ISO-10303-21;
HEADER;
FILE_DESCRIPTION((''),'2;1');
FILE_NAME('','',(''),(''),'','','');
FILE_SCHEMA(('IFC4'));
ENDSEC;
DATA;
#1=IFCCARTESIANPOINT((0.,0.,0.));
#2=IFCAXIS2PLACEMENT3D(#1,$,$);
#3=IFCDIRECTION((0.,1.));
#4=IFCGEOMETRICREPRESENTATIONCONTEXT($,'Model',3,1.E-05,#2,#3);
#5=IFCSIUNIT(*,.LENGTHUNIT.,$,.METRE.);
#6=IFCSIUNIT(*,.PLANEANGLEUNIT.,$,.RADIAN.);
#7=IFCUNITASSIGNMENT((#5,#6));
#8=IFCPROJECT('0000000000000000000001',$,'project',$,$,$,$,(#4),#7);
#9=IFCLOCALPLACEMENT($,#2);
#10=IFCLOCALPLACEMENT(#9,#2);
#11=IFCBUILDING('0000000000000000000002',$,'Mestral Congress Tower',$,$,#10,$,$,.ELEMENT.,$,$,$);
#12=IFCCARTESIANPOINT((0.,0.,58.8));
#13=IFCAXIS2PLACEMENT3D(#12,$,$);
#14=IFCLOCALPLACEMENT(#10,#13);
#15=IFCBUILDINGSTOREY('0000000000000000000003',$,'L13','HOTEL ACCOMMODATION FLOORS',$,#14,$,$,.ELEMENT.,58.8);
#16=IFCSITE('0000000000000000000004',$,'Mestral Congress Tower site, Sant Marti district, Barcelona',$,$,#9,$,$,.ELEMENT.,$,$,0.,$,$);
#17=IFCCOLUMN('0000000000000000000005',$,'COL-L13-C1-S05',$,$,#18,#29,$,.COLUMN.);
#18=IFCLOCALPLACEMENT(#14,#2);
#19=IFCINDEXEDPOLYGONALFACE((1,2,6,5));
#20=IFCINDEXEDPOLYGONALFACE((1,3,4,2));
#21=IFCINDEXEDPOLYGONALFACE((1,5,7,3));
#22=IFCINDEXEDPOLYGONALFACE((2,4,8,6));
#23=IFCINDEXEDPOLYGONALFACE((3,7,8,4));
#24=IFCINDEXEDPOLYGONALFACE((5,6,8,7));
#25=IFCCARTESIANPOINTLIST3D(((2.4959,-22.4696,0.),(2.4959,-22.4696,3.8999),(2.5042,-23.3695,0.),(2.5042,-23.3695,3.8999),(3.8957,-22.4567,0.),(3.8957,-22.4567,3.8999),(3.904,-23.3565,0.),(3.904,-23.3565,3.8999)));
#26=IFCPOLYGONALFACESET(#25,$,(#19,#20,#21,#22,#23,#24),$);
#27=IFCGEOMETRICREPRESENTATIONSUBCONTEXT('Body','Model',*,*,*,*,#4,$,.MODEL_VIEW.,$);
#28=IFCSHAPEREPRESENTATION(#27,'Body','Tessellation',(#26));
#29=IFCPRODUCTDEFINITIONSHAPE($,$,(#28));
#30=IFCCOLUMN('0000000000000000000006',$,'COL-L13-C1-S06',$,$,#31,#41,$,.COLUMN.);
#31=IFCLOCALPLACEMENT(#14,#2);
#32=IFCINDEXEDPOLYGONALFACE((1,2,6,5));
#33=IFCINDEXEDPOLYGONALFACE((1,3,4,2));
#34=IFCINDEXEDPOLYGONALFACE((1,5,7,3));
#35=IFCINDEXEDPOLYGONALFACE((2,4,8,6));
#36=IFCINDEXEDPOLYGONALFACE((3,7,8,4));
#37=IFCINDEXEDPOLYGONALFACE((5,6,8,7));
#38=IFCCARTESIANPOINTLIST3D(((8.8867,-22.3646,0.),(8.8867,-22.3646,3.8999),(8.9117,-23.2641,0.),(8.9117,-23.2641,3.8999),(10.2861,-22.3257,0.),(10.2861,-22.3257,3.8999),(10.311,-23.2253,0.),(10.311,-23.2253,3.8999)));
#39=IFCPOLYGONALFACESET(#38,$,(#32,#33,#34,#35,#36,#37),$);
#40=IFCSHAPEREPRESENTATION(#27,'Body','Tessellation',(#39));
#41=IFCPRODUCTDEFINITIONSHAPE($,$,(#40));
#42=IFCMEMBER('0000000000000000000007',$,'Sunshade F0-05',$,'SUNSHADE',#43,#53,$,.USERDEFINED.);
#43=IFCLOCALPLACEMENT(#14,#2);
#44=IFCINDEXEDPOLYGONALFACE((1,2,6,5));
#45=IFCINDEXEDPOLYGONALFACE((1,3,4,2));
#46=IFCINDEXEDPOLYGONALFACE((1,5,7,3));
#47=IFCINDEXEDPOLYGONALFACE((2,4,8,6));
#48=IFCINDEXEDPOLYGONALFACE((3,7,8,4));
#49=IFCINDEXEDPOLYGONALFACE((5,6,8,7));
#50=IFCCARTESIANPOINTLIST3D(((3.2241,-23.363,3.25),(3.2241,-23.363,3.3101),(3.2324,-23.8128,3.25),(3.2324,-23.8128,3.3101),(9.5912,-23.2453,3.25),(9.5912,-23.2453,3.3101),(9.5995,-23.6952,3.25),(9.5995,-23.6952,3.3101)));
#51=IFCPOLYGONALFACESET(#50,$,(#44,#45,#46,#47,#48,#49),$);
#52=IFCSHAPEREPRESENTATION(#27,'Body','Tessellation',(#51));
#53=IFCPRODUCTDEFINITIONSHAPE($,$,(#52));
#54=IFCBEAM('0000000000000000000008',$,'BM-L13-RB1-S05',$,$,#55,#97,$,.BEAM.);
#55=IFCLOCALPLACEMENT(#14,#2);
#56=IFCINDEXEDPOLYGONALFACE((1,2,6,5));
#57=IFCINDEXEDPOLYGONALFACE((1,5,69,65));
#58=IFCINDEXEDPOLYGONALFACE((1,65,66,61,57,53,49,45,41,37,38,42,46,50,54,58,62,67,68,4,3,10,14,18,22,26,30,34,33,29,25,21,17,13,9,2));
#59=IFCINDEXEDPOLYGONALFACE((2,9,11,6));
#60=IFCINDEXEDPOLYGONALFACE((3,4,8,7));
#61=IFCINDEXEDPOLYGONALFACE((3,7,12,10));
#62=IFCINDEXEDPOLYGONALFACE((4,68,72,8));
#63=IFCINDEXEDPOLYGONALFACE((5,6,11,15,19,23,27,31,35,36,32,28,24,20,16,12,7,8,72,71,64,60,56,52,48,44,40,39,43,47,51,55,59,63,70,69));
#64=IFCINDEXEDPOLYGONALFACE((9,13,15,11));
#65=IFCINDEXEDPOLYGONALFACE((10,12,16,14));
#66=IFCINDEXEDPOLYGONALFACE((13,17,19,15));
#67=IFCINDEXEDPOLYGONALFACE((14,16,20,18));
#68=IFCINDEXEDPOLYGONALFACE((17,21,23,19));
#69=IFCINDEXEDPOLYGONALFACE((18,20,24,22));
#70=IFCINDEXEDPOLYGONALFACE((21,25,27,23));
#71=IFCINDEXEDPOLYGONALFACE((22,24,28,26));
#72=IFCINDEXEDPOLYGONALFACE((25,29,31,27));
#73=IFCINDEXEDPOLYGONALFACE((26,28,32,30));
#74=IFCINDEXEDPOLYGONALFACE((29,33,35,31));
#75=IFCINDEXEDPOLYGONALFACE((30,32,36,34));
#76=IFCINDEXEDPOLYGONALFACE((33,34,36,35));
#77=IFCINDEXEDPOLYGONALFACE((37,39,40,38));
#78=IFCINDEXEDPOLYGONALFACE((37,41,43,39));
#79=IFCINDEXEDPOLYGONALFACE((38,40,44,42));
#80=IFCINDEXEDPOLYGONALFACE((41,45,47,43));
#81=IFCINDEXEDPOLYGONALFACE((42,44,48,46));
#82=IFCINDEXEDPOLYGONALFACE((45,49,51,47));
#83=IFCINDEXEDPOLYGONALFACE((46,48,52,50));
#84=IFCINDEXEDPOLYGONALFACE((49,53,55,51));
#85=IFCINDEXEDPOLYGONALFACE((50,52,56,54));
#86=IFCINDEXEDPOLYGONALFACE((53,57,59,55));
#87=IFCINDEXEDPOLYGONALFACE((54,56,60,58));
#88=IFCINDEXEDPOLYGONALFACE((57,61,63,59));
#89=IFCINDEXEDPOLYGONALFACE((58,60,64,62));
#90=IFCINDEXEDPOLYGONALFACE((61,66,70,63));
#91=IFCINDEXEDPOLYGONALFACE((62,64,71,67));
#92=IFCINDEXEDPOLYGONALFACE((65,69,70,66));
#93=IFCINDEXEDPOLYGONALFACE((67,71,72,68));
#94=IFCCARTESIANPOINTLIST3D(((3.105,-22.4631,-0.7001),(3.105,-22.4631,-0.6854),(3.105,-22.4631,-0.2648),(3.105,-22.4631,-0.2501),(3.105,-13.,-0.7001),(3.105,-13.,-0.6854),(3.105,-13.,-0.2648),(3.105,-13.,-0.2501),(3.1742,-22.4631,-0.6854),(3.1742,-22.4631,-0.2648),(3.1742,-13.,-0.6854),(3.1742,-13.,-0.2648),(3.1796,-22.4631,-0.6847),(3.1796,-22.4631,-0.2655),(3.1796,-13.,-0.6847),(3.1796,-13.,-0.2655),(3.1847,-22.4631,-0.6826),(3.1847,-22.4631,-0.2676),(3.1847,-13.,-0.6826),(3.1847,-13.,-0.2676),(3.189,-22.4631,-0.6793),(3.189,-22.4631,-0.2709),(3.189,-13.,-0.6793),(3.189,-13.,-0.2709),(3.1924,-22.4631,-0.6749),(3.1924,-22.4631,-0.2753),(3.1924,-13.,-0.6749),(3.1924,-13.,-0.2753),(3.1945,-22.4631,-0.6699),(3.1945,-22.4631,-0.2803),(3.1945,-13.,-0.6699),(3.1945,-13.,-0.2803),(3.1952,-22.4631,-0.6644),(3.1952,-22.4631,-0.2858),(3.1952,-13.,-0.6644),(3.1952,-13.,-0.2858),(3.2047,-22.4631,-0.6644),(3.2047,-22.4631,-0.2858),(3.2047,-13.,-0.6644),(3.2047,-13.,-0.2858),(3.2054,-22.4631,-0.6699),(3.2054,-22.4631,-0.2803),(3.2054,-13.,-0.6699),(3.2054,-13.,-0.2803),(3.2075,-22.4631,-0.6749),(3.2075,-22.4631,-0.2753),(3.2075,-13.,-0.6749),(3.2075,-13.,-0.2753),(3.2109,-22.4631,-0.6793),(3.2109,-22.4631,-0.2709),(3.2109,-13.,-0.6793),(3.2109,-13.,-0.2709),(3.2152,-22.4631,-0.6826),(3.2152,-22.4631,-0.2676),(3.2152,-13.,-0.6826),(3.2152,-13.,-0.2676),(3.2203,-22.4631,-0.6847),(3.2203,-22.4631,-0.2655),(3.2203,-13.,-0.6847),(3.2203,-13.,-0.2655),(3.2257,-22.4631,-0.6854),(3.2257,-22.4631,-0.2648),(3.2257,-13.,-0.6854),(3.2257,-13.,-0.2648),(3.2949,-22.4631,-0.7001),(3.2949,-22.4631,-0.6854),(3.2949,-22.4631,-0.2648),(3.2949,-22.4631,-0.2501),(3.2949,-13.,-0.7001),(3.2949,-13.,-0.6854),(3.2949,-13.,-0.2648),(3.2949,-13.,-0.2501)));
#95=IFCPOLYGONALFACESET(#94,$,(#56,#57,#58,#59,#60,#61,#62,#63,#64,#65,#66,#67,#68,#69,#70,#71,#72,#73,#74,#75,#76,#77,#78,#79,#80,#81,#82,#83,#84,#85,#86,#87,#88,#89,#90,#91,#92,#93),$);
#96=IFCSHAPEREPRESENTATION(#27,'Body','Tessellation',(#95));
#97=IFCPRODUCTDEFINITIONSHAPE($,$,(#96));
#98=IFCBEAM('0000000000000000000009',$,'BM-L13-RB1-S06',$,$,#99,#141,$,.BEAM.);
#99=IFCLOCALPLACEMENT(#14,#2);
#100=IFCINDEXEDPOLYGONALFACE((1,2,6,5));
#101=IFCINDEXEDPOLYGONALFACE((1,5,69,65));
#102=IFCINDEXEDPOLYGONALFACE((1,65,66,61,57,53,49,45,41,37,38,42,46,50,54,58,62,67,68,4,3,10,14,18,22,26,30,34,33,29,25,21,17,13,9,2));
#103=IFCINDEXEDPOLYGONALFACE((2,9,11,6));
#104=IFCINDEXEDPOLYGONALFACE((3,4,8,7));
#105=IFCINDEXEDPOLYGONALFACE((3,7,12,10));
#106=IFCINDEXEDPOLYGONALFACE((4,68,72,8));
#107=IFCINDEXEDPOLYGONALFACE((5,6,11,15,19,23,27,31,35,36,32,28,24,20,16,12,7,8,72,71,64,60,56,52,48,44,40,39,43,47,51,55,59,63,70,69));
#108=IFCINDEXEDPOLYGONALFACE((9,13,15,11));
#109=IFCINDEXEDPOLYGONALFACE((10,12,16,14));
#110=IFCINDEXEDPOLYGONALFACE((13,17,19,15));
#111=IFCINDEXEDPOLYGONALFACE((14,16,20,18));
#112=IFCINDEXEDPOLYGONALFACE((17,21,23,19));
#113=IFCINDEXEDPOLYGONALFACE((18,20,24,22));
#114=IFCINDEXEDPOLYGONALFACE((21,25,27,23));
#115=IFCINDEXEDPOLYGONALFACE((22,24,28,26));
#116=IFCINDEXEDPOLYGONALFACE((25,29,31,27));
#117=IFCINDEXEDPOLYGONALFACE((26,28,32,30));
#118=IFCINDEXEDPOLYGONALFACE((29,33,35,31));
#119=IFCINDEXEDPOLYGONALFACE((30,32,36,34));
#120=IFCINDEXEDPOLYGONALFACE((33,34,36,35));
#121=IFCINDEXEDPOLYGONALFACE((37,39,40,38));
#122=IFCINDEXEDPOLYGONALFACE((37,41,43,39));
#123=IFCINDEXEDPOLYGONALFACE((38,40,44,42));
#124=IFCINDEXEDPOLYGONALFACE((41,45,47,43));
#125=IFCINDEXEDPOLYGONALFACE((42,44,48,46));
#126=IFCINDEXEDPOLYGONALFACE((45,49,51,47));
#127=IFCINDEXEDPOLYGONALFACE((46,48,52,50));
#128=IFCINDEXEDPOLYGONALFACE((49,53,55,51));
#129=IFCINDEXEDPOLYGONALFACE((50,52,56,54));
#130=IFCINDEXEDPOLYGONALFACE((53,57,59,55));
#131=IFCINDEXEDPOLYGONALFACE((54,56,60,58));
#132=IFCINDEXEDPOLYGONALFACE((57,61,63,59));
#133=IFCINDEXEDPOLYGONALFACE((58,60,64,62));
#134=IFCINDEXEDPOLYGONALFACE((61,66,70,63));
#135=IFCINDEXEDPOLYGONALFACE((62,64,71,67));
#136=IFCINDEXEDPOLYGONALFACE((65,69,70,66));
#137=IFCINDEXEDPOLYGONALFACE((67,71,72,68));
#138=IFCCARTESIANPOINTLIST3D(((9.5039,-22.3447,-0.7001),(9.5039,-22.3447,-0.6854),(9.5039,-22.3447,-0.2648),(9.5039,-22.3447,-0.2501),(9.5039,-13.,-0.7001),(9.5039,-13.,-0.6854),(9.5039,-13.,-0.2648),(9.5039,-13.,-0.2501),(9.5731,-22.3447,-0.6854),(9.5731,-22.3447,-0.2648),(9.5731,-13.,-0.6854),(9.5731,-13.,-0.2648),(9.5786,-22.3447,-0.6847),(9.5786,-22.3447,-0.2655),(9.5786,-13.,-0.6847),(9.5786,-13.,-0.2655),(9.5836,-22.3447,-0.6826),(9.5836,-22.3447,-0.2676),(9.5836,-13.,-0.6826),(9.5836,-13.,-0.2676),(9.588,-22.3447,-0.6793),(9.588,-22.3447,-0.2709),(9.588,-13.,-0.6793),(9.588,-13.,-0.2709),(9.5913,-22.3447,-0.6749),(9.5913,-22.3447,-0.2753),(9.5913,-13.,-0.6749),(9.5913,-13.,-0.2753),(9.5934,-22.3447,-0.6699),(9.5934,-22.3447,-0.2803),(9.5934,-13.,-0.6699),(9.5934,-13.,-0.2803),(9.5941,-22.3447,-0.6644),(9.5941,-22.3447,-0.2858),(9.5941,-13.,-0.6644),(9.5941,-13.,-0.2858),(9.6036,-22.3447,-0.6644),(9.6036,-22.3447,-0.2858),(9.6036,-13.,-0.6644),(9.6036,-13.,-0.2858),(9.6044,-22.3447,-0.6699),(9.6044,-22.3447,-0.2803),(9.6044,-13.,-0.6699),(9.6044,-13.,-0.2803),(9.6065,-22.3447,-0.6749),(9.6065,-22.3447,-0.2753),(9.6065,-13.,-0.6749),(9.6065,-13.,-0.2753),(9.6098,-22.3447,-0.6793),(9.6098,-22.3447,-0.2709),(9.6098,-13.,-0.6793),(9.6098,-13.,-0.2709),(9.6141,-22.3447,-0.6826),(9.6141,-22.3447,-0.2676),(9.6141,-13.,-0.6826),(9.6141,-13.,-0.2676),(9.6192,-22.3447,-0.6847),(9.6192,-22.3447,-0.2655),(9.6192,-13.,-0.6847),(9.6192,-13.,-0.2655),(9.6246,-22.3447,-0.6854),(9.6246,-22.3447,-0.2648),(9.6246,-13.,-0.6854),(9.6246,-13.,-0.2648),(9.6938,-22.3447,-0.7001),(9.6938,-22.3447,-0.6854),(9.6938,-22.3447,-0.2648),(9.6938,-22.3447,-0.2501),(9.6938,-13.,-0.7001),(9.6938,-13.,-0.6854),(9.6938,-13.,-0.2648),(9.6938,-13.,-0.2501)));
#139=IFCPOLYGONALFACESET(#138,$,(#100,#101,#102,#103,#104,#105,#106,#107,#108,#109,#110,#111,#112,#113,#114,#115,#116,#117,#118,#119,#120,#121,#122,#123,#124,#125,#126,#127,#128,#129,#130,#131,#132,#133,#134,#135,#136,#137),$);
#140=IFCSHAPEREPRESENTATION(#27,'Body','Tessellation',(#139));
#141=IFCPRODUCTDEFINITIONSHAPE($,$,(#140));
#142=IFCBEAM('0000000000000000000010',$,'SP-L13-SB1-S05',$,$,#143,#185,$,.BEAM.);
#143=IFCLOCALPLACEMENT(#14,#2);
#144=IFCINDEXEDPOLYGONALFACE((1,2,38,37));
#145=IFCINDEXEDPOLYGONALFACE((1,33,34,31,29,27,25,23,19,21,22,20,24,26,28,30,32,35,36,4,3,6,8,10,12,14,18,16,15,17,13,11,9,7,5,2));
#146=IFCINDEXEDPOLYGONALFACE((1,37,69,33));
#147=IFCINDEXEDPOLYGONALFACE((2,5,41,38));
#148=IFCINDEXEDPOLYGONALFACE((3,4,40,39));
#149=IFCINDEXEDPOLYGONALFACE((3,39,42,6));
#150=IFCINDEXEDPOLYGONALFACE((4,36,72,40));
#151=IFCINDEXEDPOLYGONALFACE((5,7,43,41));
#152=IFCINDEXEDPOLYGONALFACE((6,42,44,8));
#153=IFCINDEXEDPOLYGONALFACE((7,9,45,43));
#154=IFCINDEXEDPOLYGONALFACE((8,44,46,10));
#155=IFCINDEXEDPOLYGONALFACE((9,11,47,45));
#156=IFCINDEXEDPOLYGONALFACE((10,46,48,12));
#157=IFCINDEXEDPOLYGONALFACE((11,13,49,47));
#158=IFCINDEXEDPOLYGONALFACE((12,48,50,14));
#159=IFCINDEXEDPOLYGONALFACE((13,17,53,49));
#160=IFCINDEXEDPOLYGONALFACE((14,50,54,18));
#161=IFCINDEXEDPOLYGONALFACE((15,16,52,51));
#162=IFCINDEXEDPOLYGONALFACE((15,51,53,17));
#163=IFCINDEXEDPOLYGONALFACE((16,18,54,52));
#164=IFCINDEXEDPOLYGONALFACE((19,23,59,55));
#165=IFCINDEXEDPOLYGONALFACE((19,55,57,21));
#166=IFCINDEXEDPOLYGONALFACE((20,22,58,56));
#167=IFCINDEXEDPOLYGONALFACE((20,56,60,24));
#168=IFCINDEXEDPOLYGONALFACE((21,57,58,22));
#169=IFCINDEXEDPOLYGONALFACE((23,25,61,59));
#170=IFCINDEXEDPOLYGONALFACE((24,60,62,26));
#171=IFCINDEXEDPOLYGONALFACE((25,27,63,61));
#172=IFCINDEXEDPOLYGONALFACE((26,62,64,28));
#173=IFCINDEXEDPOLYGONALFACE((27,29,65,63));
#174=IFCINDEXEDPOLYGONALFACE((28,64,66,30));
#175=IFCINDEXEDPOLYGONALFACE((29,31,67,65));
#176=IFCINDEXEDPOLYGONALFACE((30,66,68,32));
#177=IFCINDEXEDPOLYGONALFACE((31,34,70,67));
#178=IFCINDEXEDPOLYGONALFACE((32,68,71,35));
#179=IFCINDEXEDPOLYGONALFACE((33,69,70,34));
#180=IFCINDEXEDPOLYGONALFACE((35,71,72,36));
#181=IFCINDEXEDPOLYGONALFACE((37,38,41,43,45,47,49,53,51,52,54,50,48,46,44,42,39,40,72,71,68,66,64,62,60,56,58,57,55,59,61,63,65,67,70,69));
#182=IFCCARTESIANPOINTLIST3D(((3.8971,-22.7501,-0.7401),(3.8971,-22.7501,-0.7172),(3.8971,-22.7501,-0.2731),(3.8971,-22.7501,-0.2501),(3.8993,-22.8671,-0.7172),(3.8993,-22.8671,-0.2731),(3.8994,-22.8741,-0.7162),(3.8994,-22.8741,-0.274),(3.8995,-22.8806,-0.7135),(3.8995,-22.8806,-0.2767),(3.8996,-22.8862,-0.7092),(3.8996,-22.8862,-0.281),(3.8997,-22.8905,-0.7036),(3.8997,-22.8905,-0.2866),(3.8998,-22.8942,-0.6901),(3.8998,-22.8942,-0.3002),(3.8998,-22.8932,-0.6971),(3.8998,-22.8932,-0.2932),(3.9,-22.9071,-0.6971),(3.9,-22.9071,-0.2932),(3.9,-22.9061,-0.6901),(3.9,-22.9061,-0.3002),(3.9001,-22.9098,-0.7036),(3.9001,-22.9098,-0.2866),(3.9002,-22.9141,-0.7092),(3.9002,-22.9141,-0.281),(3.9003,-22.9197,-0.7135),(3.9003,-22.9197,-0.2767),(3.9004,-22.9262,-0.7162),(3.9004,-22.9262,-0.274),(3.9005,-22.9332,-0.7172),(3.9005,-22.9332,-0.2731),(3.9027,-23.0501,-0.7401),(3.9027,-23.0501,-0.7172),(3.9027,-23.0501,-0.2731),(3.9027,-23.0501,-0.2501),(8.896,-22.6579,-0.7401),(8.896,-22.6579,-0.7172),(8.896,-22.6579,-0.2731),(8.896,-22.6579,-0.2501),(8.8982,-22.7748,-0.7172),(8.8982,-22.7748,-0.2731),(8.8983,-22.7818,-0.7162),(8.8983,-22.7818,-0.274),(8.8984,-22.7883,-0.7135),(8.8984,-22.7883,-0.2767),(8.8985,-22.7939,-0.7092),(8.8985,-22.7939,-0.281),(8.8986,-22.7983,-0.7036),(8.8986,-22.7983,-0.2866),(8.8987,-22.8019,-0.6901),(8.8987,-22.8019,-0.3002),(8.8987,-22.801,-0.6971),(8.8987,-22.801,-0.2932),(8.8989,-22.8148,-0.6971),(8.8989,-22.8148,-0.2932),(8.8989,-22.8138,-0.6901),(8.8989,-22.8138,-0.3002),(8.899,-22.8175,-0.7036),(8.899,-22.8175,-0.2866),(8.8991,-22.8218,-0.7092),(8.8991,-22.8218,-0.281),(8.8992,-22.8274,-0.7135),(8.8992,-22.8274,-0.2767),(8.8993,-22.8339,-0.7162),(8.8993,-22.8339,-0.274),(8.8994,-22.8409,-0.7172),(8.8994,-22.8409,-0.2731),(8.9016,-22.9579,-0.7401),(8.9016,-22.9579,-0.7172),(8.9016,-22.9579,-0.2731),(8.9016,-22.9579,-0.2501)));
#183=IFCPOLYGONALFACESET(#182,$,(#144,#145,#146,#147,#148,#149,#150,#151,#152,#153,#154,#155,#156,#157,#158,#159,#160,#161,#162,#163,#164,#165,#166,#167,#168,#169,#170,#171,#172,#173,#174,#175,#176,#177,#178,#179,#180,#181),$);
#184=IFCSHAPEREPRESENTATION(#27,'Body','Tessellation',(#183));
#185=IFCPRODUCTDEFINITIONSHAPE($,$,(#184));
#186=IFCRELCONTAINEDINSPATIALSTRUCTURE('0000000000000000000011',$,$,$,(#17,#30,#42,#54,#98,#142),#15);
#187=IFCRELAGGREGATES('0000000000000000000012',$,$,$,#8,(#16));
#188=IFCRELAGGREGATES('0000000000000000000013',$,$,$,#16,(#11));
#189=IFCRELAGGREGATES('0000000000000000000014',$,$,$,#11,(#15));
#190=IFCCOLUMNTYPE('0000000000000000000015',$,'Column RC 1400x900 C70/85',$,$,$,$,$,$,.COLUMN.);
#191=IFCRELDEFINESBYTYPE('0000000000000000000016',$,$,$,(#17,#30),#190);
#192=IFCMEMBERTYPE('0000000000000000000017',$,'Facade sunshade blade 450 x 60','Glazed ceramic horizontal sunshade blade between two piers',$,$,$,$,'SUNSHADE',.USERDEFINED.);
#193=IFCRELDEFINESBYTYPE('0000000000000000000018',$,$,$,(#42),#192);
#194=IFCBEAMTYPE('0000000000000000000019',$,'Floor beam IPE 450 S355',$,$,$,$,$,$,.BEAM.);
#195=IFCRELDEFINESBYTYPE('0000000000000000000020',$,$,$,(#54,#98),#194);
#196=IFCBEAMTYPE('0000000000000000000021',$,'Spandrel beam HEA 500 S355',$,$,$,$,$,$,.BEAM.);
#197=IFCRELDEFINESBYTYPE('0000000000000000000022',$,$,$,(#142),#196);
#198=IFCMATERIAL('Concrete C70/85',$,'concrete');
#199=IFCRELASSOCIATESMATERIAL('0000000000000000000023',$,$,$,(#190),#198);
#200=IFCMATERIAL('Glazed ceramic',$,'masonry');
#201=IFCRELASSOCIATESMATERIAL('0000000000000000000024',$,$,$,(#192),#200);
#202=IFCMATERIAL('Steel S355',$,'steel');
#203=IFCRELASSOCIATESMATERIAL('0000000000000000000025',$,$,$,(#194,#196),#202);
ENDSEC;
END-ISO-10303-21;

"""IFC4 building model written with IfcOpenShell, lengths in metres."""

from ifc_helpers import new_model, si_unit, direction, frame, origin, origin_2d, place, context, subcontext, project, spatial, rectangle, i_section, extrude, material, material_profile, profile_set, type_object, element, save


model = new_model("IFC4")

# Units and contexts
model_context = context("Model", 3, precision=1e-05, world=origin(), true_north=direction((0.0, 1.0)))
body_context = subcontext(model_context, "Body", "Model", "MODEL_VIEW")
ifc_project = project(units=[si_unit("LENGTHUNIT", "METRE"), si_unit("PLANEANGLEUNIT", "RADIAN")], contexts=[model_context])

# Site, building, storey
site_placement = place(None, origin())
site = spatial("IfcSite", under=ifc_project, at=site_placement, Name="Mestral Congress Tower site, Sant Marti district, Barcelona", CompositionType="ELEMENT", RefElevation=0.0)
building_placement = place(site_placement, origin())
building = spatial("IfcBuilding", under=site, at=building_placement, Name="Mestral Congress Tower", CompositionType="ELEMENT")
storey_placement = place(building_placement, frame((0.0, 0.0, 58.8)))
storey = spatial("IfcBuildingStorey", under=building, at=storey_placement, Name="L13", Description="HOTEL ACCOMMODATION FLOORS", CompositionType="ELEMENT", Elevation=58.8)

# Columns
ifc_material_1 = material(Name="Concrete C70/85", Category="concrete")
ifc_material_profile_1 = material_profile(ifc_material_1, rectangle(XDim=1.3999, YDim=0.8999, at=origin_2d()), Name="RC 1400x900")
ifc_profile_set_1 = profile_set([ifc_material_profile_1], Name="Concrete C70/85")
column_type = type_object("IfcColumnType", Name="Column RC 1400x900 C70/85", PredefinedType="COLUMN", material=ifc_profile_set_1)
for number, where, z_axis, x_axis, name in (
    (1, (3.2, -22.9131, 0.0), (0.0, 0.0, 1.0), (0.999957, 0.009243, 0.0), "COL-L13-C1-S05"),
    (2, (9.5989, -22.7949, 0.0), (0.0, 0.0, 1.0), (0.999616, 0.027726, 0.0), "COL-L13-C1-S06"),
):
    element("IfcColumn", number, at=place(storey_placement, frame(where, z_axis=z_axis, x_axis=x_axis)), inside=storey, type_object=column_type, Name=name, PredefinedType="COLUMN", context=body_context, shape_type="SweptSolid", body=[
        extrude(rectangle(XDim=1.3999, YDim=0.8999, at=origin_2d()), origin(), (0.0, 0.0, 1.0), 3.8999),
    ])

# Member
ifc_material_2 = material(Name="Glazed ceramic", Category="masonry")
ifc_material_profile_2 = material_profile(ifc_material_2, rectangle(XDim=0.45, YDim=0.0601, at=origin_2d()), Name="Ceramic blade 450 x 60")
ifc_profile_set_2 = profile_set([ifc_material_profile_2], Name="Glazed ceramic")
member_type = type_object("IfcMemberType", Name="Facade sunshade blade 450 x 60", Description="Glazed ceramic horizontal sunshade blade between two piers", ElementType="SUNSHADE", PredefinedType="USERDEFINED", material=ifc_profile_set_2)
member_placement = place(storey_placement, frame((3.2283, -23.5879, 3.28), z_axis=(0.999829, 0.018478, 0.0), x_axis=(-0.018478, 0.999829, 0.0)))
element("IfcMember", 3, at=member_placement, inside=storey, type_object=member_type, Name="Sunshade F0-05", ObjectType="SUNSHADE", PredefinedType="USERDEFINED", context=body_context, shape_type="SweptSolid", body=[
    extrude(rectangle(XDim=0.45, YDim=0.0601, at=origin_2d()), origin(), (0.0, 0.0, 1.0), 6.3682),
])

# Beams
ifc_material_3 = material(Name="Steel S355", Category="steel")
ifc_material_profile_3 = material_profile(ifc_material_3, i_section(OverallWidth=0.1899, OverallDepth=0.45, WebThickness=0.0095, FlangeThickness=0.0146, FilletRadius=0.021, at=origin_2d()), Name="IPE 450")
ifc_profile_set_3 = profile_set([ifc_material_profile_3], Name="Steel S355")
beam_type_1 = type_object("IfcBeamType", Name="Floor beam IPE 450 S355", PredefinedType="BEAM", material=ifc_profile_set_3)
beam_1_placement = place(storey_placement, frame((3.2, -22.4631, -0.4751), z_axis=(0.0, 1.0, 0.0), x_axis=(-1.0, 0.0, 0.0)))
element("IfcBeam", 4, at=beam_1_placement, inside=storey, type_object=beam_type_1, Name="BM-L13-RB1-S05", PredefinedType="BEAM", context=body_context, shape_type="SweptSolid", body=[
    extrude(i_section(OverallWidth=0.1899, OverallDepth=0.45, WebThickness=0.0095, FlangeThickness=0.0146, FilletRadius=0.021, at=origin_2d()), origin(), (0.0, 0.0, 1.0), 9.4631),
])
beam_2_placement = place(storey_placement, frame((9.5989, -22.3447, -0.4751), z_axis=(0.0, 1.0, 0.0), x_axis=(-1.0, 0.0, 0.0)))
element("IfcBeam", 5, at=beam_2_placement, inside=storey, type_object=beam_type_1, Name="BM-L13-RB1-S06", PredefinedType="BEAM", context=body_context, shape_type="SweptSolid", body=[
    extrude(i_section(OverallWidth=0.1899, OverallDepth=0.45, WebThickness=0.0095, FlangeThickness=0.0146, FilletRadius=0.021, at=origin_2d()), origin(), (0.0, 0.0, 1.0), 9.3447),
])
ifc_material_profile_4 = material_profile(ifc_material_3, i_section(OverallWidth=0.3, OverallDepth=0.49, WebThickness=0.012, FlangeThickness=0.0229, FilletRadius=0.0271, at=origin_2d()), Name="HEA 500")
ifc_profile_set_4 = profile_set([ifc_material_profile_4], Name="Steel S355")
beam_type_2 = type_object("IfcBeamType", Name="Spandrel beam HEA 500 S355", PredefinedType="BEAM", material=ifc_profile_set_4)
beam_3_placement = place(storey_placement, frame((3.8999, -22.9001, -0.4951), z_axis=(0.99983, 0.018457, 0.0), x_axis=(-0.018457, 0.99983, 0.0)))
element("IfcBeam", 6, at=beam_3_placement, inside=storey, type_object=beam_type_2, Name="SP-L13-SB1-S05", PredefinedType="BEAM", context=body_context, shape_type="SweptSolid", body=[
    extrude(i_section(OverallWidth=0.3, OverallDepth=0.49, WebThickness=0.012, FlangeThickness=0.0229, FilletRadius=0.0271, at=origin_2d()), origin(), (0.0, 0.0, 1.0), 4.9998),
])

save(model, "model.ifc")
